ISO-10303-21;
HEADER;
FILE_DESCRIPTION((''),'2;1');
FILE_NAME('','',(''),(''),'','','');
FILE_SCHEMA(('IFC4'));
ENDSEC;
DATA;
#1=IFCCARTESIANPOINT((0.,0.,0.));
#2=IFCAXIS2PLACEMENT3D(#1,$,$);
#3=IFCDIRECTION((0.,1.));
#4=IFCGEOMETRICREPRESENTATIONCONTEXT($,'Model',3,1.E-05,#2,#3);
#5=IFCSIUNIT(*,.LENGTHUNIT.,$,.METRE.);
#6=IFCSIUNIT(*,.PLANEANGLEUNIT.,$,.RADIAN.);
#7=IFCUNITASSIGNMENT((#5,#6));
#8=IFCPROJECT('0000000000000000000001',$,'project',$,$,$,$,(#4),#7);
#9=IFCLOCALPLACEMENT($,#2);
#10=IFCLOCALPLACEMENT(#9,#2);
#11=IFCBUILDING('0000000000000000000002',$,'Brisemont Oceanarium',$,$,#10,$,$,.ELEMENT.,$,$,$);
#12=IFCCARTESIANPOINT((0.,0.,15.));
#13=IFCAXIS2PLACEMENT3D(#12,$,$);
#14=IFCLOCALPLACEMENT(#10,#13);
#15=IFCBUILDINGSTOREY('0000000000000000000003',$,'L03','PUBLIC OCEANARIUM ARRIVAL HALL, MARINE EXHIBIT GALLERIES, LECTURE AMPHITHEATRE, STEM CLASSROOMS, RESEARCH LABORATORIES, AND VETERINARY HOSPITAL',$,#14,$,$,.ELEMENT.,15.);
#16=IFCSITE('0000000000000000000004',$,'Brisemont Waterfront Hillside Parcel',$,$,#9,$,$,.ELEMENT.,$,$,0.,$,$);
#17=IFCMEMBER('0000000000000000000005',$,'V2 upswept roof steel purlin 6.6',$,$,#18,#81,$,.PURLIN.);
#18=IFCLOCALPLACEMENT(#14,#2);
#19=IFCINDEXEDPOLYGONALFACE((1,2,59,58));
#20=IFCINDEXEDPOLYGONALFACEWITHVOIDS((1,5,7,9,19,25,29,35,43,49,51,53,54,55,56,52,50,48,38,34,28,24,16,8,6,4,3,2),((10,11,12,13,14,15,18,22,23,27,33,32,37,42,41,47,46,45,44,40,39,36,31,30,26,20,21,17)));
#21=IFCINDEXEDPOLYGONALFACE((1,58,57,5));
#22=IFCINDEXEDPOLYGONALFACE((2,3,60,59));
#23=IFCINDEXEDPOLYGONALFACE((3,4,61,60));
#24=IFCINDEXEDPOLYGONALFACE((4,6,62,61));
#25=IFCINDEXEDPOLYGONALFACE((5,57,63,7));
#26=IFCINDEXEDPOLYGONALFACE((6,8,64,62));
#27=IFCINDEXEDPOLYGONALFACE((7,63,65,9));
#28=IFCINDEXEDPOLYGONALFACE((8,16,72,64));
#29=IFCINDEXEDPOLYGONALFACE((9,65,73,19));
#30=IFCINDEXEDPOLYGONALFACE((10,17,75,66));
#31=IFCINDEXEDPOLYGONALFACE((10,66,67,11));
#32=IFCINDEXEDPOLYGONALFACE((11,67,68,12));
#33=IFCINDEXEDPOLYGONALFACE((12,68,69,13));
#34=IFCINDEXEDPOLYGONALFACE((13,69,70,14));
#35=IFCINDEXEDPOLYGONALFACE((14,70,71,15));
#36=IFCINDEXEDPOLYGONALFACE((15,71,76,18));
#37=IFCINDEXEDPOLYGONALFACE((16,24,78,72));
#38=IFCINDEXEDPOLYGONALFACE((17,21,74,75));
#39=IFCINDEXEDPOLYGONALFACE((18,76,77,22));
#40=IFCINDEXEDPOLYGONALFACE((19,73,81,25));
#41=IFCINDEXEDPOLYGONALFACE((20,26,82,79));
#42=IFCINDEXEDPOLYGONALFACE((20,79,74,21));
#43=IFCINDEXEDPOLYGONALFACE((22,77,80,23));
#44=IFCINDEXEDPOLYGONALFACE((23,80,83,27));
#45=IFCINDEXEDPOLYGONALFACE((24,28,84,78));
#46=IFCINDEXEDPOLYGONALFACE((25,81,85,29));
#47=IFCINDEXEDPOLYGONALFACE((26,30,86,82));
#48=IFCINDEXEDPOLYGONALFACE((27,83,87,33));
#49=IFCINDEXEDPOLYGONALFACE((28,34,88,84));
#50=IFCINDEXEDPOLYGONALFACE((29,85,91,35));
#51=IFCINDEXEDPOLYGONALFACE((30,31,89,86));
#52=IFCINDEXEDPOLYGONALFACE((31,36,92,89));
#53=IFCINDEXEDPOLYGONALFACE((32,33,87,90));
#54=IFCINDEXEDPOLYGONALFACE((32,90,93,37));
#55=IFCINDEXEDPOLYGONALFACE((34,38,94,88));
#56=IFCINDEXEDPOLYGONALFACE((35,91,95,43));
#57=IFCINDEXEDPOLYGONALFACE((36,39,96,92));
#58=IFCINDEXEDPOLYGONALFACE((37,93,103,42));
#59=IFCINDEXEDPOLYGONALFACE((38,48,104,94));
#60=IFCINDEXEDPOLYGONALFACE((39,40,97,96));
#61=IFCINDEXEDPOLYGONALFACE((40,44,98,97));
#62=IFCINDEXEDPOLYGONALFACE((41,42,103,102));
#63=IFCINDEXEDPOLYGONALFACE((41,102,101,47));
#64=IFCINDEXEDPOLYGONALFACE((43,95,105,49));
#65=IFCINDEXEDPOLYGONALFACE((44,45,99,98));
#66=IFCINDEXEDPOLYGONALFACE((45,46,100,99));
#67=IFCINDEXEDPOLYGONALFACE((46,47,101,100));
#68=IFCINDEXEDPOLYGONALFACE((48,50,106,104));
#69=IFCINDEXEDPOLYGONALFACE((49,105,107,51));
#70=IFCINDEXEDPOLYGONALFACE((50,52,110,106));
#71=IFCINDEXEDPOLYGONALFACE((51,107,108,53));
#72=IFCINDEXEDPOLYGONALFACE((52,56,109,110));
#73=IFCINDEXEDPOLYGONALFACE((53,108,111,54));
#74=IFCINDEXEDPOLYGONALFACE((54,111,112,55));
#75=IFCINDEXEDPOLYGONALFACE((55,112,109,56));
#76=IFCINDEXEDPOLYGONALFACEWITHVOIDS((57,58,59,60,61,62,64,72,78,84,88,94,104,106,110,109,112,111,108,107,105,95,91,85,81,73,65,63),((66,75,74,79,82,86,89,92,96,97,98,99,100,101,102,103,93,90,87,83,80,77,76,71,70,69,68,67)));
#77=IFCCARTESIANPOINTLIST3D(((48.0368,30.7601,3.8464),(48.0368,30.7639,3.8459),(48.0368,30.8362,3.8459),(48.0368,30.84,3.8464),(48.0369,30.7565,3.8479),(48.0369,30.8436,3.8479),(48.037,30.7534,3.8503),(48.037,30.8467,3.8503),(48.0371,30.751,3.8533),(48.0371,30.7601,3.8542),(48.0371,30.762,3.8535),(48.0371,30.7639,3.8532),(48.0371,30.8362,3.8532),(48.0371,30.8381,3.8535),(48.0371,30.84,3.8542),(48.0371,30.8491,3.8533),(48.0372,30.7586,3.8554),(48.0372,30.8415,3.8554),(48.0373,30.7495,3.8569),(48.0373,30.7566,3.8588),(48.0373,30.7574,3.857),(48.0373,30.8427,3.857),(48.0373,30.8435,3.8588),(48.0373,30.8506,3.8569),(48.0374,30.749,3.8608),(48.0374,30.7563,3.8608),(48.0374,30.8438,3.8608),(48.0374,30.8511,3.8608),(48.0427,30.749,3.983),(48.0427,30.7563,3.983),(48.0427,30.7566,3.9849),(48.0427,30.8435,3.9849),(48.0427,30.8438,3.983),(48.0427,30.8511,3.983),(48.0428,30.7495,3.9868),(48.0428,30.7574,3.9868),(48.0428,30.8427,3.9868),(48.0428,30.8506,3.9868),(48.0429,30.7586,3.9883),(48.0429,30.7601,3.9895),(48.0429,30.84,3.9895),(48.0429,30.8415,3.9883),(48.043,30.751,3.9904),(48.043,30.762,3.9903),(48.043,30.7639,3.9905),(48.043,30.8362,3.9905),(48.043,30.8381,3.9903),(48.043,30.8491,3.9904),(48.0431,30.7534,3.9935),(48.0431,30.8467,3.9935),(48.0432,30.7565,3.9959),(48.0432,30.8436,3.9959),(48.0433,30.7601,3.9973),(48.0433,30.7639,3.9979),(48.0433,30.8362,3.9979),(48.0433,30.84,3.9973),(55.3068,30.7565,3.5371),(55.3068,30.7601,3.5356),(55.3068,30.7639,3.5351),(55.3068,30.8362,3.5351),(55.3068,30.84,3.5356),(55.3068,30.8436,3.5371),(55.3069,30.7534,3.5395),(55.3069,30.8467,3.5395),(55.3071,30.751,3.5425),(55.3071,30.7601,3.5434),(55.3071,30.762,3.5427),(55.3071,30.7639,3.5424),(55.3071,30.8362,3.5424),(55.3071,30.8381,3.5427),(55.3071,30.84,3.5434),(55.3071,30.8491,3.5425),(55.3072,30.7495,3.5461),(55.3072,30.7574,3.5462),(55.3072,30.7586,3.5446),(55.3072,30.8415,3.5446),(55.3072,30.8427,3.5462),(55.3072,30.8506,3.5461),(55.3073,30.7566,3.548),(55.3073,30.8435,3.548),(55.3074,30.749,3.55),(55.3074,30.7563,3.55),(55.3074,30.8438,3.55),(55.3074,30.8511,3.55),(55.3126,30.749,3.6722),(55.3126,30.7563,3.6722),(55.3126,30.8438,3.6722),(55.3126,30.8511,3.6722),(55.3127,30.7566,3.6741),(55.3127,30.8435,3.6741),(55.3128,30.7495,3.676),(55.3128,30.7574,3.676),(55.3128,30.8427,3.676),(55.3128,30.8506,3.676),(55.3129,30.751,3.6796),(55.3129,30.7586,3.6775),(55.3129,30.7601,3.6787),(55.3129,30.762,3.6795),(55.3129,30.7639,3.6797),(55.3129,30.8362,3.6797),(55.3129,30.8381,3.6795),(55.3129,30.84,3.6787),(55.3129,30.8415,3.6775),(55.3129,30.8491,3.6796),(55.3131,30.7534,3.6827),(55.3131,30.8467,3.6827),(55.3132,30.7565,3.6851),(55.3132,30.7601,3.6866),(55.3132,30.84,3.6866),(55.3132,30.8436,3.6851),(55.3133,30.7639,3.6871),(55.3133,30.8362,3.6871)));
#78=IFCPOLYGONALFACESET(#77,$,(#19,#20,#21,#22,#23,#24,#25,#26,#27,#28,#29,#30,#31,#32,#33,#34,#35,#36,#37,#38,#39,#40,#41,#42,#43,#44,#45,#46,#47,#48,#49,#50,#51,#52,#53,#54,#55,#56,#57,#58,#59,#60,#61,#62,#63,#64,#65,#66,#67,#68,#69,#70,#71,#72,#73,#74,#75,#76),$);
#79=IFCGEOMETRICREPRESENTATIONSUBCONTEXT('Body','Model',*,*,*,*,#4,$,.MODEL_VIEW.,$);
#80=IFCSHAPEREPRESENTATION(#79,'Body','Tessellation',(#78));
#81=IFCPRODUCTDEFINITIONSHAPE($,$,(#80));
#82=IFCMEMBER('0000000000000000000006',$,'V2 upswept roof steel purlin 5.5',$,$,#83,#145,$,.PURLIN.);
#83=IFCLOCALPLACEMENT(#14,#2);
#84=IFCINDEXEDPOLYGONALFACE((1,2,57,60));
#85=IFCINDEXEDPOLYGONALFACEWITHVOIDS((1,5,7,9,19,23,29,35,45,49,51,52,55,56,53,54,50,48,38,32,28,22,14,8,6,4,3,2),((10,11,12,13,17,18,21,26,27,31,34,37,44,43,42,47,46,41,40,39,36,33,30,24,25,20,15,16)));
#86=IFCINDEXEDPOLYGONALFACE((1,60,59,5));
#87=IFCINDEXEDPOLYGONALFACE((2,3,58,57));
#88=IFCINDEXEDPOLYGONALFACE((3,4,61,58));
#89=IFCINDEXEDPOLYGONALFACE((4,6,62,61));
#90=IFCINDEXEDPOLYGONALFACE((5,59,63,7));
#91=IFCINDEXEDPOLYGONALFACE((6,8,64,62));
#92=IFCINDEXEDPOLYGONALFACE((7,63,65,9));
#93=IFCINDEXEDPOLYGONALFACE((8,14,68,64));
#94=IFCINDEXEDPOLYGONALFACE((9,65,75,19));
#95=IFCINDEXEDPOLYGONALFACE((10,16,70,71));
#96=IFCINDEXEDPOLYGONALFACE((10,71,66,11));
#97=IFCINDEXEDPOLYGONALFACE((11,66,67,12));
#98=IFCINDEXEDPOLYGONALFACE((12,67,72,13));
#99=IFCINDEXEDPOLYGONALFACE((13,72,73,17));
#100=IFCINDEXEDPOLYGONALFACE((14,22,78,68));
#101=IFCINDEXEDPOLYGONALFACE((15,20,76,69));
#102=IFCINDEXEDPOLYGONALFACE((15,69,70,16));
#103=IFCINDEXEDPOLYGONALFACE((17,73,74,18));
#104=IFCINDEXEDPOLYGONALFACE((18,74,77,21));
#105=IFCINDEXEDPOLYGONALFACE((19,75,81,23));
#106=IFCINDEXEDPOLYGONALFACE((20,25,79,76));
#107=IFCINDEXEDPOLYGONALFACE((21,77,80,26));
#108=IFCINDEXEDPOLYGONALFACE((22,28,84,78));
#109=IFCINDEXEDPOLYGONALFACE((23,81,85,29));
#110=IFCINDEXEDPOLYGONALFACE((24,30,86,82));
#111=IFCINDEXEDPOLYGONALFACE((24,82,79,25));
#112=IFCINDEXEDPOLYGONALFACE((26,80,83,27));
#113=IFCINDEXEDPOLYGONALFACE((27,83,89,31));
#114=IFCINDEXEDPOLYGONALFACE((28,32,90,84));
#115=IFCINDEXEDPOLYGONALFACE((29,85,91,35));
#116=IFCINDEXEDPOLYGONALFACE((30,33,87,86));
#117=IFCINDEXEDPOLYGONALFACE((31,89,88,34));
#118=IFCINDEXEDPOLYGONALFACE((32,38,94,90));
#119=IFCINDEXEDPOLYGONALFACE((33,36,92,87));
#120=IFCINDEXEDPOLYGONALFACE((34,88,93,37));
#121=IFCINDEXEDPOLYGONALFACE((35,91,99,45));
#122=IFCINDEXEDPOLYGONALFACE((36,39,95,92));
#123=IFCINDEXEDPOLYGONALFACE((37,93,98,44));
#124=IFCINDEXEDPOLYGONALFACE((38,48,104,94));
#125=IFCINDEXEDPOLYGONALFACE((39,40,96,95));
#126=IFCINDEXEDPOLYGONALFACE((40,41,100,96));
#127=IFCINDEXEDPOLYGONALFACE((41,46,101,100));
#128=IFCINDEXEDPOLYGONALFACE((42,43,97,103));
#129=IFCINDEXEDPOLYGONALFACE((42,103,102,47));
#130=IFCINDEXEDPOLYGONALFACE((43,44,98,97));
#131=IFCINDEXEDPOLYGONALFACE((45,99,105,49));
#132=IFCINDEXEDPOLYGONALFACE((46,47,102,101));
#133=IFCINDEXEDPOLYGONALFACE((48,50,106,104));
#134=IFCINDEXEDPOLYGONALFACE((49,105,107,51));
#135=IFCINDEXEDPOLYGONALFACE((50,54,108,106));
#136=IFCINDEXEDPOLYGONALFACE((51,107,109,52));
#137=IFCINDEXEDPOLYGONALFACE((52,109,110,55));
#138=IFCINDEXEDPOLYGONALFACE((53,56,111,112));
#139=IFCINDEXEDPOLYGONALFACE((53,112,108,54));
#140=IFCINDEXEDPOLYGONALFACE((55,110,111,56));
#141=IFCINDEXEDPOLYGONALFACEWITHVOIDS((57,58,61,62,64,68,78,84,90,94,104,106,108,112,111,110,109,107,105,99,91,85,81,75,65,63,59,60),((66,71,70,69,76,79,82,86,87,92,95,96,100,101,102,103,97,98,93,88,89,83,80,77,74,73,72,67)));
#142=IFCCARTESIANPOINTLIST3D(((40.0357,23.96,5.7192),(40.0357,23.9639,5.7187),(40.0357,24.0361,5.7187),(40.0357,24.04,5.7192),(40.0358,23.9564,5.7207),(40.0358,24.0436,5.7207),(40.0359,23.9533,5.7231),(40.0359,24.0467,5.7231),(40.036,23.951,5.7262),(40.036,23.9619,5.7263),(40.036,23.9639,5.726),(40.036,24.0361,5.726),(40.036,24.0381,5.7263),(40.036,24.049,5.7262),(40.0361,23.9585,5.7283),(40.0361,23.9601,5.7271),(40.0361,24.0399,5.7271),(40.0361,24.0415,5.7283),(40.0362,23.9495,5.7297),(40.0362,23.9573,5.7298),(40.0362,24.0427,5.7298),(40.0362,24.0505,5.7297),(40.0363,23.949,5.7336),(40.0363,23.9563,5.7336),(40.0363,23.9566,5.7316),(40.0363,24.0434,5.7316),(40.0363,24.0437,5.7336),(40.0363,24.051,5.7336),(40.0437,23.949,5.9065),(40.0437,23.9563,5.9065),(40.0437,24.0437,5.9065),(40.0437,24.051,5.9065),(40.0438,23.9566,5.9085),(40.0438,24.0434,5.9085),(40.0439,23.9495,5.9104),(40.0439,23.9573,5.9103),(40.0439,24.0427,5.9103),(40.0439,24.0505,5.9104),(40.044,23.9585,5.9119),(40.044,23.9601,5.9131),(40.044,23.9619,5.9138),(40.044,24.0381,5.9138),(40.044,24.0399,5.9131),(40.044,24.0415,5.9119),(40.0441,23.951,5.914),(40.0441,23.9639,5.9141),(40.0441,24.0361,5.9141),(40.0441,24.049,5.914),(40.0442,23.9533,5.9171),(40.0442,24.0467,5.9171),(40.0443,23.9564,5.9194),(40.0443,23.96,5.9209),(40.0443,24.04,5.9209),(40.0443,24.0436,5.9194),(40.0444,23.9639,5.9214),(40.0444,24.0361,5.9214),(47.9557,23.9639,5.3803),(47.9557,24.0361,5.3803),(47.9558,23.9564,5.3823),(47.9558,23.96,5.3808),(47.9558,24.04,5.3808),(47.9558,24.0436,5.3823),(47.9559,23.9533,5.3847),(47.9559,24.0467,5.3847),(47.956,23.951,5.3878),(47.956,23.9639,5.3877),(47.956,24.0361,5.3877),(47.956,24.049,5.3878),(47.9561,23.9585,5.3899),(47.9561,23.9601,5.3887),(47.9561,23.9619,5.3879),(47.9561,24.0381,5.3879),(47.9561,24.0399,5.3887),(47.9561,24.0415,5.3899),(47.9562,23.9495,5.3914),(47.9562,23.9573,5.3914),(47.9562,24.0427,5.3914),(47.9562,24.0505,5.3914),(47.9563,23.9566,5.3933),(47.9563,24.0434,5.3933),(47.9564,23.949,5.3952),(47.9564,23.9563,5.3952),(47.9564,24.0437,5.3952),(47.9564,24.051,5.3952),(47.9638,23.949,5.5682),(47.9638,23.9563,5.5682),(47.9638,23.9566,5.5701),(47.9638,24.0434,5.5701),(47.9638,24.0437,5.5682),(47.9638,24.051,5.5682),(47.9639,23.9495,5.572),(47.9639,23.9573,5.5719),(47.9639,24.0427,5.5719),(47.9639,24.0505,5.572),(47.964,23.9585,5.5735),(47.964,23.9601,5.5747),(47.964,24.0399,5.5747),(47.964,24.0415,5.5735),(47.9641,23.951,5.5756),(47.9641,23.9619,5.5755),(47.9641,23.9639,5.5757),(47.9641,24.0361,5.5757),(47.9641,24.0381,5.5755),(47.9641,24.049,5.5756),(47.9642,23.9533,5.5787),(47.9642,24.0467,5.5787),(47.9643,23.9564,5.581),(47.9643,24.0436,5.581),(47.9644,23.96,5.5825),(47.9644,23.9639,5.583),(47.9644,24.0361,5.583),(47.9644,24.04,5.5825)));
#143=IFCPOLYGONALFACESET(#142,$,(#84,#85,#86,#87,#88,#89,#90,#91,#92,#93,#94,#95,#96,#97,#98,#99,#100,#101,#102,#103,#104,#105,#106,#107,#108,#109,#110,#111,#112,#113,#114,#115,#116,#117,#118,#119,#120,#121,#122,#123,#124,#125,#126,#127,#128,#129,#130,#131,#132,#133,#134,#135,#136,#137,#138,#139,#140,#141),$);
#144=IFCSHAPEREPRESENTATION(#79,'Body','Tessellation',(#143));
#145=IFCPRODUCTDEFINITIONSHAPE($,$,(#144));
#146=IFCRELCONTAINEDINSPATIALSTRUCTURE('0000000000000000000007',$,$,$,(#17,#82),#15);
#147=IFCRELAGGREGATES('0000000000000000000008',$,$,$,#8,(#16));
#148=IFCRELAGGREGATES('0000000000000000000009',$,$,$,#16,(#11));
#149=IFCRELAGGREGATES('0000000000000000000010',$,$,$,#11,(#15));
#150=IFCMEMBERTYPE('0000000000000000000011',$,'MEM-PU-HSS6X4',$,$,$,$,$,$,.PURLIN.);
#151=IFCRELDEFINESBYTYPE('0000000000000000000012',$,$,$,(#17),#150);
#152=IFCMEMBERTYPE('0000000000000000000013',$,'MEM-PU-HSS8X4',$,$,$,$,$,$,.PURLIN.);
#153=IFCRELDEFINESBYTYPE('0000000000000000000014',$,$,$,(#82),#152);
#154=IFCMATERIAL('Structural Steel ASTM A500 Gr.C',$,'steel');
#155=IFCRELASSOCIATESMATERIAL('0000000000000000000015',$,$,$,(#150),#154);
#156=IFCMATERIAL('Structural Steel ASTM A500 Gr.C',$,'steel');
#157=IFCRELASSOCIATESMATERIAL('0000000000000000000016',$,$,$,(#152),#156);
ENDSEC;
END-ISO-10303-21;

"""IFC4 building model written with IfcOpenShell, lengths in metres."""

from ifc_helpers import new_model, si_unit, direction, frame, origin, origin_2d, place, context, subcontext, project, spatial, hollow_rectangle, extrude, material, material_profile, profile_set, type_object, element, save


model = new_model("IFC4")

# Units and contexts
model_context = context("Model", 3, precision=1e-05, world=origin(), true_north=direction((0.0, 1.0)))
body_context = subcontext(model_context, "Body", "Model", "MODEL_VIEW")
ifc_project = project(units=[si_unit("LENGTHUNIT", "METRE"), si_unit("PLANEANGLEUNIT", "RADIAN")], contexts=[model_context])

# Site, building, storey
site_placement = place(None, origin())
site = spatial("IfcSite", under=ifc_project, at=site_placement, Name="Brisemont Waterfront Hillside Parcel", CompositionType="ELEMENT", RefElevation=0.0)
building_placement = place(site_placement, origin())
building = spatial("IfcBuilding", under=site, at=building_placement, Name="Brisemont Oceanarium", CompositionType="ELEMENT")
storey_placement = place(building_placement, frame((0.0, 0.0, 15.0)))
storey = spatial("IfcBuildingStorey", under=building, at=storey_placement, Name="L03", Description="PUBLIC OCEANARIUM ARRIVAL HALL, MARINE EXHIBIT GALLERIES, LECTURE AMPHITHEATRE, STEM CLASSROOMS, RESEARCH LABORATORIES, AND VETERINARY HOSPITAL", CompositionType="ELEMENT", Elevation=15.0)

# Members
ifc_material_1 = material(Name="Structural Steel ASTM A500 Gr.C", Category="steel")
ifc_material_profile_1 = material_profile(ifc_material_1, hollow_rectangle(XDim=0.1021, YDim=0.1521, WallThickness=0.0073, InnerFilletRadius=0.0076, OuterFilletRadius=0.0149, at=origin_2d()), Name="HSS6X4X5/16")
ifc_profile_set_1 = profile_set([ifc_material_profile_1], Name="Structural Steel ASTM A500 Gr.C")
member_type_1 = type_object("IfcMemberType", Name="MEM-PU-HSS6X4", PredefinedType="PURLIN", material=ifc_profile_set_1)
member_1_placement = place(storey_placement, frame((48.04, 30.8, 3.9219), z_axis=(0.999087, 0.0, -0.042711), x_axis=(0.0, 1.0, 0.0)))
element("IfcMember", 1, at=member_1_placement, inside=storey, type_object=member_type_1, Name="V2 upswept roof steel purlin 6.6", PredefinedType="PURLIN", context=body_context, shape_type="SweptSolid", body=[
    extrude(hollow_rectangle(XDim=0.1021, YDim=0.1521, WallThickness=0.0073, InnerFilletRadius=0.0076, OuterFilletRadius=0.0149, at=origin_2d()), origin(), (0.0, 0.0, 1.0), 7.2766),
])
ifc_material_2 = material(Name="Structural Steel ASTM A500 Gr.C", Category="steel")
ifc_material_profile_2 = material_profile(ifc_material_2, hollow_rectangle(XDim=0.1021, YDim=0.2029, WallThickness=0.0073, InnerFilletRadius=0.0076, OuterFilletRadius=0.0149, at=origin_2d()), Name="HSS8X4X5/16")
ifc_profile_set_2 = profile_set([ifc_material_profile_2], Name="Structural Steel ASTM A500 Gr.C")
member_type_2 = type_object("IfcMemberType", Name="MEM-PU-HSS8X4", PredefinedType="PURLIN", material=ifc_profile_set_2)
member_2_placement = place(storey_placement, frame((40.04, 24.0, 5.8201), z_axis=(0.999089, 0.0, -0.042686), x_axis=(0.0, 1.0, 0.0)))
element("IfcMember", 2, at=member_2_placement, inside=storey, type_object=member_type_2, Name="V2 upswept roof steel purlin 5.5", PredefinedType="PURLIN", context=body_context, shape_type="SweptSolid", body=[
    extrude(hollow_rectangle(XDim=0.1021, YDim=0.2029, WallThickness=0.0073, InnerFilletRadius=0.0076, OuterFilletRadius=0.0149, at=origin_2d()), origin(), (0.0, 0.0, 1.0), 7.9272),
])

save(model, "model.ifc")
